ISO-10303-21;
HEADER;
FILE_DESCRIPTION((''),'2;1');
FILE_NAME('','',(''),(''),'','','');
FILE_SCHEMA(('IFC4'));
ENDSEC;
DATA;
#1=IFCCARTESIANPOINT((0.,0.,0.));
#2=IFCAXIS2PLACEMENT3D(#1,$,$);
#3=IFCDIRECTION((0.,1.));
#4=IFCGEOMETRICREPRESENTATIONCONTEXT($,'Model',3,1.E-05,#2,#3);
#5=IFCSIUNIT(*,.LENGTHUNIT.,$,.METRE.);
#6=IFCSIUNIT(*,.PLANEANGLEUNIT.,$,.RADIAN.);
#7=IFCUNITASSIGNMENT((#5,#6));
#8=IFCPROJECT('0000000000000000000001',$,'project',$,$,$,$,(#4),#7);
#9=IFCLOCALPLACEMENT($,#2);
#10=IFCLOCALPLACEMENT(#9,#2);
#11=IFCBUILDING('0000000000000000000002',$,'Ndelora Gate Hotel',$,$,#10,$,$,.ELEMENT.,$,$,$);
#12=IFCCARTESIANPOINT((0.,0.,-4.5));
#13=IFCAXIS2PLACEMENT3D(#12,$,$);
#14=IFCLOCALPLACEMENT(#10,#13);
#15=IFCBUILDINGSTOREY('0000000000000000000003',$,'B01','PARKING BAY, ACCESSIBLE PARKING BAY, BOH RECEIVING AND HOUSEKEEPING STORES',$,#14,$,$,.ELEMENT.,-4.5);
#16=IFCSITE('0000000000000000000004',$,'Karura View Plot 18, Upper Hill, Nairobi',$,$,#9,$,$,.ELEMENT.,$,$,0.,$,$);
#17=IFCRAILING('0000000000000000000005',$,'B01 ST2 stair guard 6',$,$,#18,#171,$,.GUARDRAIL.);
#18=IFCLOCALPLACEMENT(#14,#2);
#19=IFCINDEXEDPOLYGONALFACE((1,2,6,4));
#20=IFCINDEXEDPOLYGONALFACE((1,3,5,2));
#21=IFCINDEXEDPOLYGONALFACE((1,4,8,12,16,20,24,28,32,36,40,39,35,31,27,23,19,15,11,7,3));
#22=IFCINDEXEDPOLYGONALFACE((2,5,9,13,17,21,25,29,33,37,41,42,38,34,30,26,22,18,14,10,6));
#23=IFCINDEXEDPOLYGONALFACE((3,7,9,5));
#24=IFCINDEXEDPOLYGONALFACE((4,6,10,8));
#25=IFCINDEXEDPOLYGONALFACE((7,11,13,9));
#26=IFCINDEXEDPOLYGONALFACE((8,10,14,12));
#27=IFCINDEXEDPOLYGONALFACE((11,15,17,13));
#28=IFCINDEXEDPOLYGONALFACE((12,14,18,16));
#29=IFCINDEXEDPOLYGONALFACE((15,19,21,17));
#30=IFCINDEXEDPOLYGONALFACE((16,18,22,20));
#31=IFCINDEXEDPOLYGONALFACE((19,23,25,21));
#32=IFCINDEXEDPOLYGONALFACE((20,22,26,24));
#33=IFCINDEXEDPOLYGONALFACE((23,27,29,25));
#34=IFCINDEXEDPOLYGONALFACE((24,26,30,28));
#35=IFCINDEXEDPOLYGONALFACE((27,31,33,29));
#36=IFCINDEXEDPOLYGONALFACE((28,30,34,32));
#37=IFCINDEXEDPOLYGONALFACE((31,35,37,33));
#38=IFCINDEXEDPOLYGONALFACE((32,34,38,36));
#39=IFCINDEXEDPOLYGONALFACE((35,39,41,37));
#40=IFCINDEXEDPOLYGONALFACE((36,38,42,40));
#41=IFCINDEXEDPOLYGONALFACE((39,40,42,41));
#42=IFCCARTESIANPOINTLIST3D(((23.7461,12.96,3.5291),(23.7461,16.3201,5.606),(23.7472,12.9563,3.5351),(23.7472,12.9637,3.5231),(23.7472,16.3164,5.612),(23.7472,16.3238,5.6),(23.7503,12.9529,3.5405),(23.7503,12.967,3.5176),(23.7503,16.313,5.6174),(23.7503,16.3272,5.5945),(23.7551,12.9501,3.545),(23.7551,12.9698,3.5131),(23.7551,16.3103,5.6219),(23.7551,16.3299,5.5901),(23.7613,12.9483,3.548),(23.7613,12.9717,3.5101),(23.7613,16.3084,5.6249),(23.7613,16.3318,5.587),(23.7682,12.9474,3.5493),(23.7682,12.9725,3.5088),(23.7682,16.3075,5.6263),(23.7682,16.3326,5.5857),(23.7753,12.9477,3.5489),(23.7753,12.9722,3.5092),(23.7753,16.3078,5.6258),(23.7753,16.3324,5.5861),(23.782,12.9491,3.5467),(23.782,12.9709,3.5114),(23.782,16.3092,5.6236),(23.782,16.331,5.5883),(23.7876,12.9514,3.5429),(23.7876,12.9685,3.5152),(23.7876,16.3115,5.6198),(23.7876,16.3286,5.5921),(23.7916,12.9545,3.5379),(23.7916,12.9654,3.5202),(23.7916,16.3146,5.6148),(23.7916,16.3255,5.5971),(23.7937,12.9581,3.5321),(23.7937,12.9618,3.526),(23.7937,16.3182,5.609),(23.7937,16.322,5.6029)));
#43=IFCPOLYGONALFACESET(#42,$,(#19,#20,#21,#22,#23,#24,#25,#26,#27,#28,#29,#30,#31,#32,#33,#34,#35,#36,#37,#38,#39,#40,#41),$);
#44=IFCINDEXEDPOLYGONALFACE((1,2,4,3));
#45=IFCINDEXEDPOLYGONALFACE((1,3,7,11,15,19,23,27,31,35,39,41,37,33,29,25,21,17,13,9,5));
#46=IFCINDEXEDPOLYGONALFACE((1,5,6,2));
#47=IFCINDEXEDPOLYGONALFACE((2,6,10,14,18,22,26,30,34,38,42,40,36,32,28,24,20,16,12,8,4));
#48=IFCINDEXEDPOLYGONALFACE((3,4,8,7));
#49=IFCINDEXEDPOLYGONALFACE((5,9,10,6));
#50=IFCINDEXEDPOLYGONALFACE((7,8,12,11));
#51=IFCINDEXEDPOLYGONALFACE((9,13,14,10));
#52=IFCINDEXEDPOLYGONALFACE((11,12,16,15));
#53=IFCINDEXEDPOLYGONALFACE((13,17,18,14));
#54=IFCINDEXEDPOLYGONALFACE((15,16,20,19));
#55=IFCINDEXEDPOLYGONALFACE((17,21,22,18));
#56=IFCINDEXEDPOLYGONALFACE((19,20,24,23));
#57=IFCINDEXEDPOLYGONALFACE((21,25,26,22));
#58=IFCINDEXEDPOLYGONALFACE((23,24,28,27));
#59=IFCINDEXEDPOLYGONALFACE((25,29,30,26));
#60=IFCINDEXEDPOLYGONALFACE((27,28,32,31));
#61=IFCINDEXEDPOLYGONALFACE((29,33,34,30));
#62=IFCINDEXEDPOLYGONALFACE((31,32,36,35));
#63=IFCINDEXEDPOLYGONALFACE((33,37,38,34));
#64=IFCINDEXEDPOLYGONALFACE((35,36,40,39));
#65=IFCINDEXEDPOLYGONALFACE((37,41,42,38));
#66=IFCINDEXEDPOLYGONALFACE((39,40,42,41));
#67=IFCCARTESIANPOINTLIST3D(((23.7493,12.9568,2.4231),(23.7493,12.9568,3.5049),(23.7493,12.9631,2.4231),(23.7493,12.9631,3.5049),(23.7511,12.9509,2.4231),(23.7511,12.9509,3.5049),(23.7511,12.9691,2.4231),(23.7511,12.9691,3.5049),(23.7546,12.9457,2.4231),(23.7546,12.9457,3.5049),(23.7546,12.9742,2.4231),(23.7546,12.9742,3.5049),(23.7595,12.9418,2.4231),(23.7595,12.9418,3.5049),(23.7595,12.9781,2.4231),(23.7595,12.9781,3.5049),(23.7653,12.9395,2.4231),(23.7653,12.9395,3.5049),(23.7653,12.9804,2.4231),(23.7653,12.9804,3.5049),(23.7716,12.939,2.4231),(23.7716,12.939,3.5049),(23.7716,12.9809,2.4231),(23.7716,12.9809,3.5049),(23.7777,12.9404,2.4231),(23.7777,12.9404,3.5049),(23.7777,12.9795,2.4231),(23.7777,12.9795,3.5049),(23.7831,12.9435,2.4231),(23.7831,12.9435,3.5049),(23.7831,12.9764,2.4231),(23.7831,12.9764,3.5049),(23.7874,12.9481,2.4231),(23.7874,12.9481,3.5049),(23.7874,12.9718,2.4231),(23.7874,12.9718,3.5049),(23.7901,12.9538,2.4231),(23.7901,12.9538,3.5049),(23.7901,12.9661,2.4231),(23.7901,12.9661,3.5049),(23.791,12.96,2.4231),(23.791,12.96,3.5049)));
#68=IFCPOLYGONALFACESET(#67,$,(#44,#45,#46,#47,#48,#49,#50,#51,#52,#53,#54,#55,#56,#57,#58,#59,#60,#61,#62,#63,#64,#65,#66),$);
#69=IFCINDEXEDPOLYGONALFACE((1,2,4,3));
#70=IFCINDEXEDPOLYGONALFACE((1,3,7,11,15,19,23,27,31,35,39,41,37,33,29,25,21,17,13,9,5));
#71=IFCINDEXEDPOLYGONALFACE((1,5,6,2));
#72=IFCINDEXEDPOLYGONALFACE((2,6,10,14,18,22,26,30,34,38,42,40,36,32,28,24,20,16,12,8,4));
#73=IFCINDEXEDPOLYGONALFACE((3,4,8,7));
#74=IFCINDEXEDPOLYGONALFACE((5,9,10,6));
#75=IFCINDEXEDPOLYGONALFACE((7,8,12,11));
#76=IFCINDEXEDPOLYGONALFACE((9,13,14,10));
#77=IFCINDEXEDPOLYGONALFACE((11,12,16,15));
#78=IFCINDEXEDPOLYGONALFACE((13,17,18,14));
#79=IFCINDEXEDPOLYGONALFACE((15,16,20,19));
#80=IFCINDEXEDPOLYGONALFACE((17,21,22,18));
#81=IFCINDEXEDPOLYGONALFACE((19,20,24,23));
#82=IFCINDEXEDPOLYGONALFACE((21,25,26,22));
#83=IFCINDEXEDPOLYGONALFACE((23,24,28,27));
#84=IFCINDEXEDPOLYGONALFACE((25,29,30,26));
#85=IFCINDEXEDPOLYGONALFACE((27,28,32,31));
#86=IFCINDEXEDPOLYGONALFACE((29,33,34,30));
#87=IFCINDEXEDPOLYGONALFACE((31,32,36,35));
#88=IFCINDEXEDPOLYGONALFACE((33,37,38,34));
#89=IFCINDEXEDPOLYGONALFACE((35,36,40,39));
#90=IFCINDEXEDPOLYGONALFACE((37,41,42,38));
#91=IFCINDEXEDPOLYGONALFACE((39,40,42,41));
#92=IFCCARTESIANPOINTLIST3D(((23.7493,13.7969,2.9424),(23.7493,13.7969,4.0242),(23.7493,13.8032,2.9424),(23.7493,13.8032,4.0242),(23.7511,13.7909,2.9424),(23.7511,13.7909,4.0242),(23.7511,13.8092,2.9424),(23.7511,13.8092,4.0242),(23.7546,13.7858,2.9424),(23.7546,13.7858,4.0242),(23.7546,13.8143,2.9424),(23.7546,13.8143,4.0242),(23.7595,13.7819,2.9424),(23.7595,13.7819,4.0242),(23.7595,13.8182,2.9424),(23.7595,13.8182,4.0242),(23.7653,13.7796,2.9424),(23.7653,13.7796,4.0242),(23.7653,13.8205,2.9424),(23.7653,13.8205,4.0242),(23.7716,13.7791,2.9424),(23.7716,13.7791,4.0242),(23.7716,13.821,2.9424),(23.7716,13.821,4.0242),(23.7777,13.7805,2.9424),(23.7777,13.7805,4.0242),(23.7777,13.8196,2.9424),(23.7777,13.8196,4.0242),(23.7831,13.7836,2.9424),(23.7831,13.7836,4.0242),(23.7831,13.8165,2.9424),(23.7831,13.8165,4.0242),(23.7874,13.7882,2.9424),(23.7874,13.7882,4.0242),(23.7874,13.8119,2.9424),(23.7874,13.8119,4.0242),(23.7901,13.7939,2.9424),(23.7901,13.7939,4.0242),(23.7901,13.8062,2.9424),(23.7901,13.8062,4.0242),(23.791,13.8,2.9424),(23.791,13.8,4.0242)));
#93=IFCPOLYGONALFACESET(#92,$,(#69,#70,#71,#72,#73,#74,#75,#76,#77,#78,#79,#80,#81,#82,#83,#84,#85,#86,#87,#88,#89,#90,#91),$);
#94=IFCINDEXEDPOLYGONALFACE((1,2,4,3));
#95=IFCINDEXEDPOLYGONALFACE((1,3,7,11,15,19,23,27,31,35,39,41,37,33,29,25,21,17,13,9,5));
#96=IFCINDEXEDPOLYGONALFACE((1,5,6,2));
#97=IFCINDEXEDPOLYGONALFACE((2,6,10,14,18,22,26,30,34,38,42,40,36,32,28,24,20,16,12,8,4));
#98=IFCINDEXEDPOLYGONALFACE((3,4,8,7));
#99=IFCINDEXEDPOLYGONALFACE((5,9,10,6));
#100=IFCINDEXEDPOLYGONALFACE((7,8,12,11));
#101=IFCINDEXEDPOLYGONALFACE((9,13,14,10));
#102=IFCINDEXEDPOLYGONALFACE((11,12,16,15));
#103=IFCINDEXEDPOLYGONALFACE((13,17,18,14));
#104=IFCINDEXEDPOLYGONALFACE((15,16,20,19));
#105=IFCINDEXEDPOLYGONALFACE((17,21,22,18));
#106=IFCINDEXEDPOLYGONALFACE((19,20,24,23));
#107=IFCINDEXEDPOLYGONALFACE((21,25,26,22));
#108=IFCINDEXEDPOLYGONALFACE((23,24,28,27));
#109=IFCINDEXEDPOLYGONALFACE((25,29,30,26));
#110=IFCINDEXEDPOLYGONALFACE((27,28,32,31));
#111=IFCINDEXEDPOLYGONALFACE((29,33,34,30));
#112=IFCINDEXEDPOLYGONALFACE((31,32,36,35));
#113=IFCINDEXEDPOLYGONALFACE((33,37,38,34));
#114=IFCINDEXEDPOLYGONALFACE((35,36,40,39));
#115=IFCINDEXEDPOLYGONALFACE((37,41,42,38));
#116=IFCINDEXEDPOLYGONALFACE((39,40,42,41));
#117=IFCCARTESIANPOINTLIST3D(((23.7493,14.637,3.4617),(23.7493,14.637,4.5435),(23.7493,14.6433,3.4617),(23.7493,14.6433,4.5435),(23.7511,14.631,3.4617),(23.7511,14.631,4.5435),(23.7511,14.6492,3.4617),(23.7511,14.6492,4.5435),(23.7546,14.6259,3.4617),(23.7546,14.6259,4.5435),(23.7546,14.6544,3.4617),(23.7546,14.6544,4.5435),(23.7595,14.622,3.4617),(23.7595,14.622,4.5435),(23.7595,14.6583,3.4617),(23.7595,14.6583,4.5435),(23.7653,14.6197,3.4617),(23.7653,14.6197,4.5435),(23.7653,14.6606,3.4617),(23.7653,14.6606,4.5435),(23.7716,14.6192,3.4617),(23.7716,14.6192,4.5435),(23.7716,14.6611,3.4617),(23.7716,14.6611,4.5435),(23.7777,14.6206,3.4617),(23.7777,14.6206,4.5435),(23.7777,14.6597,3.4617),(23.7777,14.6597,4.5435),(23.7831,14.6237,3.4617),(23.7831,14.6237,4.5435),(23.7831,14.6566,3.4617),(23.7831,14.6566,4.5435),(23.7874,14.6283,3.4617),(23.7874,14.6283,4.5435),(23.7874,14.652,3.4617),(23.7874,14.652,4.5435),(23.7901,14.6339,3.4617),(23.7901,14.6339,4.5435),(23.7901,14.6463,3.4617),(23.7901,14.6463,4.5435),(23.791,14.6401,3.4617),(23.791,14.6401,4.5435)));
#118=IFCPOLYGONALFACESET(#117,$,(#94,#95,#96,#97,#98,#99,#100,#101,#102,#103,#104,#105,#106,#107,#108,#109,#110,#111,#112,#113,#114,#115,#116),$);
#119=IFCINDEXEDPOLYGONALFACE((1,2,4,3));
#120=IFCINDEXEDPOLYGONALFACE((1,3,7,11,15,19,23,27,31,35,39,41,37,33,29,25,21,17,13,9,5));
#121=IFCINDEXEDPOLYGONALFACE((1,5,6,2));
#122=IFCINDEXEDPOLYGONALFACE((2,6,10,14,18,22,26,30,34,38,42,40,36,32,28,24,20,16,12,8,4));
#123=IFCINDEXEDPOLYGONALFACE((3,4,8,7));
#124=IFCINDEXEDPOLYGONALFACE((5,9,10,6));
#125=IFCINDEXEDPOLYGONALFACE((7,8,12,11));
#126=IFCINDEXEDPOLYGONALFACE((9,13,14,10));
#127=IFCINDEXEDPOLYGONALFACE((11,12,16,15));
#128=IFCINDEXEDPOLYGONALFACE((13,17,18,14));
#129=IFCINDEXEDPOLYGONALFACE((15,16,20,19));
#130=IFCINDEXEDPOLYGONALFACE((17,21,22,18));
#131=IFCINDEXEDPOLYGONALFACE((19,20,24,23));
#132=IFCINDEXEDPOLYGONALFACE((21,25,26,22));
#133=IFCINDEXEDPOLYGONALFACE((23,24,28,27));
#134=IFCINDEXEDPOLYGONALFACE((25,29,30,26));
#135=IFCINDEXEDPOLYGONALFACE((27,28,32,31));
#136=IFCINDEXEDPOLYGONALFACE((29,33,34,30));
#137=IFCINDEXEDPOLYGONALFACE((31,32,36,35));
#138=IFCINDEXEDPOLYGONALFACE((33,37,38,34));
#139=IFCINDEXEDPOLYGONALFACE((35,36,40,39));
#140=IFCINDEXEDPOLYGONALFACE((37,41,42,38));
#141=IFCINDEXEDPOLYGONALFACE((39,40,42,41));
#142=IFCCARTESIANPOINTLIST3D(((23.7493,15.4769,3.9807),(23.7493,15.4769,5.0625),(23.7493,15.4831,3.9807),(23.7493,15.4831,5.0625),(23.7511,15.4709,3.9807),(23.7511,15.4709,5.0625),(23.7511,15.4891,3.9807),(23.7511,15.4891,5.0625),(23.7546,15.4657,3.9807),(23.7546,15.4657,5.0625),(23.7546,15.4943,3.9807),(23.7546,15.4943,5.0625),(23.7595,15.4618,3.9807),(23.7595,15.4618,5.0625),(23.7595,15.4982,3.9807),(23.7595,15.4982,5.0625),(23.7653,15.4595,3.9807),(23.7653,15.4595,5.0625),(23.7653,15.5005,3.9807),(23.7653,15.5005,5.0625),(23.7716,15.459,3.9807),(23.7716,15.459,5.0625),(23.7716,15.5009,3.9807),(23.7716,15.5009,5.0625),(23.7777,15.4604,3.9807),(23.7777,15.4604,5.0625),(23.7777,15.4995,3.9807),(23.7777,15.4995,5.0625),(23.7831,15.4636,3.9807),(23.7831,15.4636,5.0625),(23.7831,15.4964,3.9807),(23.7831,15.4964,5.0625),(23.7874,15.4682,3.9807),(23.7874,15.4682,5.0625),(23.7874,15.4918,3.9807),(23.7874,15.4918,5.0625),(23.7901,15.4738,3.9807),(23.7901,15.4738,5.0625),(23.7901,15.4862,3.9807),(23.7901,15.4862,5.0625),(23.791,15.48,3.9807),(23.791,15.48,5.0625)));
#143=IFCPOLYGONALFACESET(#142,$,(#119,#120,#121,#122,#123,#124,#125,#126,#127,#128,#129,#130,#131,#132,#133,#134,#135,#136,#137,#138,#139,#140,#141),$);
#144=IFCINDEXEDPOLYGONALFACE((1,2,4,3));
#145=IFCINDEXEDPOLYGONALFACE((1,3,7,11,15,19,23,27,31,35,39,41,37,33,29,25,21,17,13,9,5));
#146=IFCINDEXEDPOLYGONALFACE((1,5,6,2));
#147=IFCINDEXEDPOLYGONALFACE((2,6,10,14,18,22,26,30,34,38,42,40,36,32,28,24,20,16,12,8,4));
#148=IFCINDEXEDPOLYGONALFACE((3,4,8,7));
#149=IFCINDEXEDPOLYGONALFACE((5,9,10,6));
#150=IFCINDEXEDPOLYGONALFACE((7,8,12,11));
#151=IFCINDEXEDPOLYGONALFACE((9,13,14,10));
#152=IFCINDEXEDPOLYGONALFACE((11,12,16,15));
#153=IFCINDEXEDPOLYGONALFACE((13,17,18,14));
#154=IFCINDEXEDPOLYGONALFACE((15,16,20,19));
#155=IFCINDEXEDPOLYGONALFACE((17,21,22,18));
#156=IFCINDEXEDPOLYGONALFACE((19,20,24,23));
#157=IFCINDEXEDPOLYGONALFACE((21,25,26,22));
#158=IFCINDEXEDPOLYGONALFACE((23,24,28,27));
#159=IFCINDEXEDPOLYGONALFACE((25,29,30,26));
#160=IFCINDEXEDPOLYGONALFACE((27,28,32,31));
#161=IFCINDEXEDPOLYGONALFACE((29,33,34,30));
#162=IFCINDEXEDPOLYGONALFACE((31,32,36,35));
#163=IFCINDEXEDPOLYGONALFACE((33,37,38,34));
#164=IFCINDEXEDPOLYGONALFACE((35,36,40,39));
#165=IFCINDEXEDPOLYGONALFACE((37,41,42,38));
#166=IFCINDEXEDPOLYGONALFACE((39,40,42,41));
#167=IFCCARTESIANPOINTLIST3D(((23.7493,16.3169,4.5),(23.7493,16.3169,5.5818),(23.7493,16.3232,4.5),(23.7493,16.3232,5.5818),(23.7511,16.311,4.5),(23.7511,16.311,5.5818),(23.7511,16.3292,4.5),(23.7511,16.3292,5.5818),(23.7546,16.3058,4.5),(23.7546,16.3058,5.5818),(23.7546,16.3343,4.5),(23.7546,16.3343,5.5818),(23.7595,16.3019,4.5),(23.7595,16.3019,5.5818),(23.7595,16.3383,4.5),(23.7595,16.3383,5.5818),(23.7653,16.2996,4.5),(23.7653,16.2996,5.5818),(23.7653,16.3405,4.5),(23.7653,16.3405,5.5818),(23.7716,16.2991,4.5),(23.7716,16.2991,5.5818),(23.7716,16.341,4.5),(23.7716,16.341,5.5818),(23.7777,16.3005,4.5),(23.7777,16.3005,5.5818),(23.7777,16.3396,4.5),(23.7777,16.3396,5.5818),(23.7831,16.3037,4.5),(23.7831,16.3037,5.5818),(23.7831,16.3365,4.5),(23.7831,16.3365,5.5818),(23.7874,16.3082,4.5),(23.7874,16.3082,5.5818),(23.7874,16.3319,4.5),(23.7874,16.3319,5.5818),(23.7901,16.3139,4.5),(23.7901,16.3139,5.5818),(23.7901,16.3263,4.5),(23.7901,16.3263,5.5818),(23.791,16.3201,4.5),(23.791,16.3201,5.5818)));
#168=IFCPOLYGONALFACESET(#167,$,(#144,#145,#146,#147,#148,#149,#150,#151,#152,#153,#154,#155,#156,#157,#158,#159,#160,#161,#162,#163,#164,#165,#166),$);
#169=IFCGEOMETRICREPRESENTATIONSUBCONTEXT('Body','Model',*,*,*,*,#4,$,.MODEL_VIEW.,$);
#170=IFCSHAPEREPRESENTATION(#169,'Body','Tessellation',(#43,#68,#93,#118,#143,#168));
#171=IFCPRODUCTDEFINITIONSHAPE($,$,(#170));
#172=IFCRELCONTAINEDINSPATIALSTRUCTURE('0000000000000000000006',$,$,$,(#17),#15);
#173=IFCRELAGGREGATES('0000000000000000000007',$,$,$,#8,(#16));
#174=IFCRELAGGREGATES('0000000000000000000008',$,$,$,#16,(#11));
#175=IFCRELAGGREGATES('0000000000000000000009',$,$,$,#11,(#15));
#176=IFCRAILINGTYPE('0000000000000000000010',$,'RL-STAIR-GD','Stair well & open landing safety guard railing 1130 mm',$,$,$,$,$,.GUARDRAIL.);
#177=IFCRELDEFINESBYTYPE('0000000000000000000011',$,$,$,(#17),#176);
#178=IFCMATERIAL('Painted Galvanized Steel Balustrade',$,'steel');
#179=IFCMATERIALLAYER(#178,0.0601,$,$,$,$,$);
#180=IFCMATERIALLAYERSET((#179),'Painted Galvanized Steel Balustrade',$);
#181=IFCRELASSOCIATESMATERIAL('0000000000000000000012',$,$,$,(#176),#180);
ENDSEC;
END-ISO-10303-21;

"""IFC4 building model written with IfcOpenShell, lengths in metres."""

from ifc_helpers import new_model, si_unit, direction, frame, origin, origin_2d, place, context, subcontext, project, spatial, circle, extrude, material, layer, layer_set, type_object, element, save


model = new_model("IFC4")

# Units and contexts
model_context = context("Model", 3, precision=1e-05, world=origin(), true_north=direction((0.0, 1.0)))
body_context = subcontext(model_context, "Body", "Model", "MODEL_VIEW")
ifc_project = project(units=[si_unit("LENGTHUNIT", "METRE"), si_unit("PLANEANGLEUNIT", "RADIAN")], contexts=[model_context])

# Site, building, storey
site_placement = place(None, origin())
site = spatial("IfcSite", under=ifc_project, at=site_placement, Name="Karura View Plot 18, Upper Hill, Nairobi", CompositionType="ELEMENT", RefElevation=0.0)
building_placement = place(site_placement, origin())
building = spatial("IfcBuilding", under=site, at=building_placement, Name="Ndelora Gate Hotel", CompositionType="ELEMENT")
storey_placement = place(building_placement, frame((0.0, 0.0, -4.5)))
storey = spatial("IfcBuildingStorey", under=building, at=storey_placement, Name="B01", Description="PARKING BAY, ACCESSIBLE PARKING BAY, BOH RECEIVING AND HOUSEKEEPING STORES", CompositionType="ELEMENT", Elevation=-4.5)

# Railing
ifc_material_1 = material(Name="Painted Galvanized Steel Balustrade", Category="steel")
ifc_layer_1 = layer(ifc_material_1, 0.0601)
ifc_layer_set_1 = layer_set([ifc_layer_1], Name="Painted Galvanized Steel Balustrade")
railing_type_1 = type_object("IfcRailingType", Name="RL-STAIR-GD", Description="Stair well & open landing safety guard railing 1130 mm", PredefinedType="GUARDRAIL", material=ifc_layer_set_1)
railing_1_placement = place(storey_placement, frame((23.77, 12.96, 2.4231)))
element("IfcRailing", 1, at=railing_1_placement, inside=storey, type_object=railing_type_1, Name="B01 ST2 stair guard 6", PredefinedType="GUARDRAIL", context=body_context, shape_type="SweptSolid", body=[
    extrude(circle(Radius=0.0239, at=origin_2d()), frame((0.0, 0.0, 1.106), z_axis=(0.0, 0.850623, 0.525776), x_axis=(-1.0, 0.0, 0.0)), (0.0, 0.0, 1.0), 3.9502),
    extrude(circle(Radius=0.021, at=origin_2d()), origin(), (0.0, 0.0, 1.0), 1.0818),
    extrude(circle(Radius=0.021, at=origin_2d()), frame((0.0, 0.8401, 0.5193)), (0.0, 0.0, 1.0), 1.0818),
    extrude(circle(Radius=0.021, at=origin_2d()), frame((0.0, 1.6802, 1.0386)), (0.0, 0.0, 1.0), 1.0818),
    extrude(circle(Radius=0.021, at=origin_2d()), frame((0.0, 2.52, 1.5576)), (0.0, 0.0, 1.0), 1.0818),
    extrude(circle(Radius=0.021, at=origin_2d()), frame((0.0, 3.3601, 2.0769)), (0.0, 0.0, 1.0), 1.0818),
])

save(model, "model.ifc")
